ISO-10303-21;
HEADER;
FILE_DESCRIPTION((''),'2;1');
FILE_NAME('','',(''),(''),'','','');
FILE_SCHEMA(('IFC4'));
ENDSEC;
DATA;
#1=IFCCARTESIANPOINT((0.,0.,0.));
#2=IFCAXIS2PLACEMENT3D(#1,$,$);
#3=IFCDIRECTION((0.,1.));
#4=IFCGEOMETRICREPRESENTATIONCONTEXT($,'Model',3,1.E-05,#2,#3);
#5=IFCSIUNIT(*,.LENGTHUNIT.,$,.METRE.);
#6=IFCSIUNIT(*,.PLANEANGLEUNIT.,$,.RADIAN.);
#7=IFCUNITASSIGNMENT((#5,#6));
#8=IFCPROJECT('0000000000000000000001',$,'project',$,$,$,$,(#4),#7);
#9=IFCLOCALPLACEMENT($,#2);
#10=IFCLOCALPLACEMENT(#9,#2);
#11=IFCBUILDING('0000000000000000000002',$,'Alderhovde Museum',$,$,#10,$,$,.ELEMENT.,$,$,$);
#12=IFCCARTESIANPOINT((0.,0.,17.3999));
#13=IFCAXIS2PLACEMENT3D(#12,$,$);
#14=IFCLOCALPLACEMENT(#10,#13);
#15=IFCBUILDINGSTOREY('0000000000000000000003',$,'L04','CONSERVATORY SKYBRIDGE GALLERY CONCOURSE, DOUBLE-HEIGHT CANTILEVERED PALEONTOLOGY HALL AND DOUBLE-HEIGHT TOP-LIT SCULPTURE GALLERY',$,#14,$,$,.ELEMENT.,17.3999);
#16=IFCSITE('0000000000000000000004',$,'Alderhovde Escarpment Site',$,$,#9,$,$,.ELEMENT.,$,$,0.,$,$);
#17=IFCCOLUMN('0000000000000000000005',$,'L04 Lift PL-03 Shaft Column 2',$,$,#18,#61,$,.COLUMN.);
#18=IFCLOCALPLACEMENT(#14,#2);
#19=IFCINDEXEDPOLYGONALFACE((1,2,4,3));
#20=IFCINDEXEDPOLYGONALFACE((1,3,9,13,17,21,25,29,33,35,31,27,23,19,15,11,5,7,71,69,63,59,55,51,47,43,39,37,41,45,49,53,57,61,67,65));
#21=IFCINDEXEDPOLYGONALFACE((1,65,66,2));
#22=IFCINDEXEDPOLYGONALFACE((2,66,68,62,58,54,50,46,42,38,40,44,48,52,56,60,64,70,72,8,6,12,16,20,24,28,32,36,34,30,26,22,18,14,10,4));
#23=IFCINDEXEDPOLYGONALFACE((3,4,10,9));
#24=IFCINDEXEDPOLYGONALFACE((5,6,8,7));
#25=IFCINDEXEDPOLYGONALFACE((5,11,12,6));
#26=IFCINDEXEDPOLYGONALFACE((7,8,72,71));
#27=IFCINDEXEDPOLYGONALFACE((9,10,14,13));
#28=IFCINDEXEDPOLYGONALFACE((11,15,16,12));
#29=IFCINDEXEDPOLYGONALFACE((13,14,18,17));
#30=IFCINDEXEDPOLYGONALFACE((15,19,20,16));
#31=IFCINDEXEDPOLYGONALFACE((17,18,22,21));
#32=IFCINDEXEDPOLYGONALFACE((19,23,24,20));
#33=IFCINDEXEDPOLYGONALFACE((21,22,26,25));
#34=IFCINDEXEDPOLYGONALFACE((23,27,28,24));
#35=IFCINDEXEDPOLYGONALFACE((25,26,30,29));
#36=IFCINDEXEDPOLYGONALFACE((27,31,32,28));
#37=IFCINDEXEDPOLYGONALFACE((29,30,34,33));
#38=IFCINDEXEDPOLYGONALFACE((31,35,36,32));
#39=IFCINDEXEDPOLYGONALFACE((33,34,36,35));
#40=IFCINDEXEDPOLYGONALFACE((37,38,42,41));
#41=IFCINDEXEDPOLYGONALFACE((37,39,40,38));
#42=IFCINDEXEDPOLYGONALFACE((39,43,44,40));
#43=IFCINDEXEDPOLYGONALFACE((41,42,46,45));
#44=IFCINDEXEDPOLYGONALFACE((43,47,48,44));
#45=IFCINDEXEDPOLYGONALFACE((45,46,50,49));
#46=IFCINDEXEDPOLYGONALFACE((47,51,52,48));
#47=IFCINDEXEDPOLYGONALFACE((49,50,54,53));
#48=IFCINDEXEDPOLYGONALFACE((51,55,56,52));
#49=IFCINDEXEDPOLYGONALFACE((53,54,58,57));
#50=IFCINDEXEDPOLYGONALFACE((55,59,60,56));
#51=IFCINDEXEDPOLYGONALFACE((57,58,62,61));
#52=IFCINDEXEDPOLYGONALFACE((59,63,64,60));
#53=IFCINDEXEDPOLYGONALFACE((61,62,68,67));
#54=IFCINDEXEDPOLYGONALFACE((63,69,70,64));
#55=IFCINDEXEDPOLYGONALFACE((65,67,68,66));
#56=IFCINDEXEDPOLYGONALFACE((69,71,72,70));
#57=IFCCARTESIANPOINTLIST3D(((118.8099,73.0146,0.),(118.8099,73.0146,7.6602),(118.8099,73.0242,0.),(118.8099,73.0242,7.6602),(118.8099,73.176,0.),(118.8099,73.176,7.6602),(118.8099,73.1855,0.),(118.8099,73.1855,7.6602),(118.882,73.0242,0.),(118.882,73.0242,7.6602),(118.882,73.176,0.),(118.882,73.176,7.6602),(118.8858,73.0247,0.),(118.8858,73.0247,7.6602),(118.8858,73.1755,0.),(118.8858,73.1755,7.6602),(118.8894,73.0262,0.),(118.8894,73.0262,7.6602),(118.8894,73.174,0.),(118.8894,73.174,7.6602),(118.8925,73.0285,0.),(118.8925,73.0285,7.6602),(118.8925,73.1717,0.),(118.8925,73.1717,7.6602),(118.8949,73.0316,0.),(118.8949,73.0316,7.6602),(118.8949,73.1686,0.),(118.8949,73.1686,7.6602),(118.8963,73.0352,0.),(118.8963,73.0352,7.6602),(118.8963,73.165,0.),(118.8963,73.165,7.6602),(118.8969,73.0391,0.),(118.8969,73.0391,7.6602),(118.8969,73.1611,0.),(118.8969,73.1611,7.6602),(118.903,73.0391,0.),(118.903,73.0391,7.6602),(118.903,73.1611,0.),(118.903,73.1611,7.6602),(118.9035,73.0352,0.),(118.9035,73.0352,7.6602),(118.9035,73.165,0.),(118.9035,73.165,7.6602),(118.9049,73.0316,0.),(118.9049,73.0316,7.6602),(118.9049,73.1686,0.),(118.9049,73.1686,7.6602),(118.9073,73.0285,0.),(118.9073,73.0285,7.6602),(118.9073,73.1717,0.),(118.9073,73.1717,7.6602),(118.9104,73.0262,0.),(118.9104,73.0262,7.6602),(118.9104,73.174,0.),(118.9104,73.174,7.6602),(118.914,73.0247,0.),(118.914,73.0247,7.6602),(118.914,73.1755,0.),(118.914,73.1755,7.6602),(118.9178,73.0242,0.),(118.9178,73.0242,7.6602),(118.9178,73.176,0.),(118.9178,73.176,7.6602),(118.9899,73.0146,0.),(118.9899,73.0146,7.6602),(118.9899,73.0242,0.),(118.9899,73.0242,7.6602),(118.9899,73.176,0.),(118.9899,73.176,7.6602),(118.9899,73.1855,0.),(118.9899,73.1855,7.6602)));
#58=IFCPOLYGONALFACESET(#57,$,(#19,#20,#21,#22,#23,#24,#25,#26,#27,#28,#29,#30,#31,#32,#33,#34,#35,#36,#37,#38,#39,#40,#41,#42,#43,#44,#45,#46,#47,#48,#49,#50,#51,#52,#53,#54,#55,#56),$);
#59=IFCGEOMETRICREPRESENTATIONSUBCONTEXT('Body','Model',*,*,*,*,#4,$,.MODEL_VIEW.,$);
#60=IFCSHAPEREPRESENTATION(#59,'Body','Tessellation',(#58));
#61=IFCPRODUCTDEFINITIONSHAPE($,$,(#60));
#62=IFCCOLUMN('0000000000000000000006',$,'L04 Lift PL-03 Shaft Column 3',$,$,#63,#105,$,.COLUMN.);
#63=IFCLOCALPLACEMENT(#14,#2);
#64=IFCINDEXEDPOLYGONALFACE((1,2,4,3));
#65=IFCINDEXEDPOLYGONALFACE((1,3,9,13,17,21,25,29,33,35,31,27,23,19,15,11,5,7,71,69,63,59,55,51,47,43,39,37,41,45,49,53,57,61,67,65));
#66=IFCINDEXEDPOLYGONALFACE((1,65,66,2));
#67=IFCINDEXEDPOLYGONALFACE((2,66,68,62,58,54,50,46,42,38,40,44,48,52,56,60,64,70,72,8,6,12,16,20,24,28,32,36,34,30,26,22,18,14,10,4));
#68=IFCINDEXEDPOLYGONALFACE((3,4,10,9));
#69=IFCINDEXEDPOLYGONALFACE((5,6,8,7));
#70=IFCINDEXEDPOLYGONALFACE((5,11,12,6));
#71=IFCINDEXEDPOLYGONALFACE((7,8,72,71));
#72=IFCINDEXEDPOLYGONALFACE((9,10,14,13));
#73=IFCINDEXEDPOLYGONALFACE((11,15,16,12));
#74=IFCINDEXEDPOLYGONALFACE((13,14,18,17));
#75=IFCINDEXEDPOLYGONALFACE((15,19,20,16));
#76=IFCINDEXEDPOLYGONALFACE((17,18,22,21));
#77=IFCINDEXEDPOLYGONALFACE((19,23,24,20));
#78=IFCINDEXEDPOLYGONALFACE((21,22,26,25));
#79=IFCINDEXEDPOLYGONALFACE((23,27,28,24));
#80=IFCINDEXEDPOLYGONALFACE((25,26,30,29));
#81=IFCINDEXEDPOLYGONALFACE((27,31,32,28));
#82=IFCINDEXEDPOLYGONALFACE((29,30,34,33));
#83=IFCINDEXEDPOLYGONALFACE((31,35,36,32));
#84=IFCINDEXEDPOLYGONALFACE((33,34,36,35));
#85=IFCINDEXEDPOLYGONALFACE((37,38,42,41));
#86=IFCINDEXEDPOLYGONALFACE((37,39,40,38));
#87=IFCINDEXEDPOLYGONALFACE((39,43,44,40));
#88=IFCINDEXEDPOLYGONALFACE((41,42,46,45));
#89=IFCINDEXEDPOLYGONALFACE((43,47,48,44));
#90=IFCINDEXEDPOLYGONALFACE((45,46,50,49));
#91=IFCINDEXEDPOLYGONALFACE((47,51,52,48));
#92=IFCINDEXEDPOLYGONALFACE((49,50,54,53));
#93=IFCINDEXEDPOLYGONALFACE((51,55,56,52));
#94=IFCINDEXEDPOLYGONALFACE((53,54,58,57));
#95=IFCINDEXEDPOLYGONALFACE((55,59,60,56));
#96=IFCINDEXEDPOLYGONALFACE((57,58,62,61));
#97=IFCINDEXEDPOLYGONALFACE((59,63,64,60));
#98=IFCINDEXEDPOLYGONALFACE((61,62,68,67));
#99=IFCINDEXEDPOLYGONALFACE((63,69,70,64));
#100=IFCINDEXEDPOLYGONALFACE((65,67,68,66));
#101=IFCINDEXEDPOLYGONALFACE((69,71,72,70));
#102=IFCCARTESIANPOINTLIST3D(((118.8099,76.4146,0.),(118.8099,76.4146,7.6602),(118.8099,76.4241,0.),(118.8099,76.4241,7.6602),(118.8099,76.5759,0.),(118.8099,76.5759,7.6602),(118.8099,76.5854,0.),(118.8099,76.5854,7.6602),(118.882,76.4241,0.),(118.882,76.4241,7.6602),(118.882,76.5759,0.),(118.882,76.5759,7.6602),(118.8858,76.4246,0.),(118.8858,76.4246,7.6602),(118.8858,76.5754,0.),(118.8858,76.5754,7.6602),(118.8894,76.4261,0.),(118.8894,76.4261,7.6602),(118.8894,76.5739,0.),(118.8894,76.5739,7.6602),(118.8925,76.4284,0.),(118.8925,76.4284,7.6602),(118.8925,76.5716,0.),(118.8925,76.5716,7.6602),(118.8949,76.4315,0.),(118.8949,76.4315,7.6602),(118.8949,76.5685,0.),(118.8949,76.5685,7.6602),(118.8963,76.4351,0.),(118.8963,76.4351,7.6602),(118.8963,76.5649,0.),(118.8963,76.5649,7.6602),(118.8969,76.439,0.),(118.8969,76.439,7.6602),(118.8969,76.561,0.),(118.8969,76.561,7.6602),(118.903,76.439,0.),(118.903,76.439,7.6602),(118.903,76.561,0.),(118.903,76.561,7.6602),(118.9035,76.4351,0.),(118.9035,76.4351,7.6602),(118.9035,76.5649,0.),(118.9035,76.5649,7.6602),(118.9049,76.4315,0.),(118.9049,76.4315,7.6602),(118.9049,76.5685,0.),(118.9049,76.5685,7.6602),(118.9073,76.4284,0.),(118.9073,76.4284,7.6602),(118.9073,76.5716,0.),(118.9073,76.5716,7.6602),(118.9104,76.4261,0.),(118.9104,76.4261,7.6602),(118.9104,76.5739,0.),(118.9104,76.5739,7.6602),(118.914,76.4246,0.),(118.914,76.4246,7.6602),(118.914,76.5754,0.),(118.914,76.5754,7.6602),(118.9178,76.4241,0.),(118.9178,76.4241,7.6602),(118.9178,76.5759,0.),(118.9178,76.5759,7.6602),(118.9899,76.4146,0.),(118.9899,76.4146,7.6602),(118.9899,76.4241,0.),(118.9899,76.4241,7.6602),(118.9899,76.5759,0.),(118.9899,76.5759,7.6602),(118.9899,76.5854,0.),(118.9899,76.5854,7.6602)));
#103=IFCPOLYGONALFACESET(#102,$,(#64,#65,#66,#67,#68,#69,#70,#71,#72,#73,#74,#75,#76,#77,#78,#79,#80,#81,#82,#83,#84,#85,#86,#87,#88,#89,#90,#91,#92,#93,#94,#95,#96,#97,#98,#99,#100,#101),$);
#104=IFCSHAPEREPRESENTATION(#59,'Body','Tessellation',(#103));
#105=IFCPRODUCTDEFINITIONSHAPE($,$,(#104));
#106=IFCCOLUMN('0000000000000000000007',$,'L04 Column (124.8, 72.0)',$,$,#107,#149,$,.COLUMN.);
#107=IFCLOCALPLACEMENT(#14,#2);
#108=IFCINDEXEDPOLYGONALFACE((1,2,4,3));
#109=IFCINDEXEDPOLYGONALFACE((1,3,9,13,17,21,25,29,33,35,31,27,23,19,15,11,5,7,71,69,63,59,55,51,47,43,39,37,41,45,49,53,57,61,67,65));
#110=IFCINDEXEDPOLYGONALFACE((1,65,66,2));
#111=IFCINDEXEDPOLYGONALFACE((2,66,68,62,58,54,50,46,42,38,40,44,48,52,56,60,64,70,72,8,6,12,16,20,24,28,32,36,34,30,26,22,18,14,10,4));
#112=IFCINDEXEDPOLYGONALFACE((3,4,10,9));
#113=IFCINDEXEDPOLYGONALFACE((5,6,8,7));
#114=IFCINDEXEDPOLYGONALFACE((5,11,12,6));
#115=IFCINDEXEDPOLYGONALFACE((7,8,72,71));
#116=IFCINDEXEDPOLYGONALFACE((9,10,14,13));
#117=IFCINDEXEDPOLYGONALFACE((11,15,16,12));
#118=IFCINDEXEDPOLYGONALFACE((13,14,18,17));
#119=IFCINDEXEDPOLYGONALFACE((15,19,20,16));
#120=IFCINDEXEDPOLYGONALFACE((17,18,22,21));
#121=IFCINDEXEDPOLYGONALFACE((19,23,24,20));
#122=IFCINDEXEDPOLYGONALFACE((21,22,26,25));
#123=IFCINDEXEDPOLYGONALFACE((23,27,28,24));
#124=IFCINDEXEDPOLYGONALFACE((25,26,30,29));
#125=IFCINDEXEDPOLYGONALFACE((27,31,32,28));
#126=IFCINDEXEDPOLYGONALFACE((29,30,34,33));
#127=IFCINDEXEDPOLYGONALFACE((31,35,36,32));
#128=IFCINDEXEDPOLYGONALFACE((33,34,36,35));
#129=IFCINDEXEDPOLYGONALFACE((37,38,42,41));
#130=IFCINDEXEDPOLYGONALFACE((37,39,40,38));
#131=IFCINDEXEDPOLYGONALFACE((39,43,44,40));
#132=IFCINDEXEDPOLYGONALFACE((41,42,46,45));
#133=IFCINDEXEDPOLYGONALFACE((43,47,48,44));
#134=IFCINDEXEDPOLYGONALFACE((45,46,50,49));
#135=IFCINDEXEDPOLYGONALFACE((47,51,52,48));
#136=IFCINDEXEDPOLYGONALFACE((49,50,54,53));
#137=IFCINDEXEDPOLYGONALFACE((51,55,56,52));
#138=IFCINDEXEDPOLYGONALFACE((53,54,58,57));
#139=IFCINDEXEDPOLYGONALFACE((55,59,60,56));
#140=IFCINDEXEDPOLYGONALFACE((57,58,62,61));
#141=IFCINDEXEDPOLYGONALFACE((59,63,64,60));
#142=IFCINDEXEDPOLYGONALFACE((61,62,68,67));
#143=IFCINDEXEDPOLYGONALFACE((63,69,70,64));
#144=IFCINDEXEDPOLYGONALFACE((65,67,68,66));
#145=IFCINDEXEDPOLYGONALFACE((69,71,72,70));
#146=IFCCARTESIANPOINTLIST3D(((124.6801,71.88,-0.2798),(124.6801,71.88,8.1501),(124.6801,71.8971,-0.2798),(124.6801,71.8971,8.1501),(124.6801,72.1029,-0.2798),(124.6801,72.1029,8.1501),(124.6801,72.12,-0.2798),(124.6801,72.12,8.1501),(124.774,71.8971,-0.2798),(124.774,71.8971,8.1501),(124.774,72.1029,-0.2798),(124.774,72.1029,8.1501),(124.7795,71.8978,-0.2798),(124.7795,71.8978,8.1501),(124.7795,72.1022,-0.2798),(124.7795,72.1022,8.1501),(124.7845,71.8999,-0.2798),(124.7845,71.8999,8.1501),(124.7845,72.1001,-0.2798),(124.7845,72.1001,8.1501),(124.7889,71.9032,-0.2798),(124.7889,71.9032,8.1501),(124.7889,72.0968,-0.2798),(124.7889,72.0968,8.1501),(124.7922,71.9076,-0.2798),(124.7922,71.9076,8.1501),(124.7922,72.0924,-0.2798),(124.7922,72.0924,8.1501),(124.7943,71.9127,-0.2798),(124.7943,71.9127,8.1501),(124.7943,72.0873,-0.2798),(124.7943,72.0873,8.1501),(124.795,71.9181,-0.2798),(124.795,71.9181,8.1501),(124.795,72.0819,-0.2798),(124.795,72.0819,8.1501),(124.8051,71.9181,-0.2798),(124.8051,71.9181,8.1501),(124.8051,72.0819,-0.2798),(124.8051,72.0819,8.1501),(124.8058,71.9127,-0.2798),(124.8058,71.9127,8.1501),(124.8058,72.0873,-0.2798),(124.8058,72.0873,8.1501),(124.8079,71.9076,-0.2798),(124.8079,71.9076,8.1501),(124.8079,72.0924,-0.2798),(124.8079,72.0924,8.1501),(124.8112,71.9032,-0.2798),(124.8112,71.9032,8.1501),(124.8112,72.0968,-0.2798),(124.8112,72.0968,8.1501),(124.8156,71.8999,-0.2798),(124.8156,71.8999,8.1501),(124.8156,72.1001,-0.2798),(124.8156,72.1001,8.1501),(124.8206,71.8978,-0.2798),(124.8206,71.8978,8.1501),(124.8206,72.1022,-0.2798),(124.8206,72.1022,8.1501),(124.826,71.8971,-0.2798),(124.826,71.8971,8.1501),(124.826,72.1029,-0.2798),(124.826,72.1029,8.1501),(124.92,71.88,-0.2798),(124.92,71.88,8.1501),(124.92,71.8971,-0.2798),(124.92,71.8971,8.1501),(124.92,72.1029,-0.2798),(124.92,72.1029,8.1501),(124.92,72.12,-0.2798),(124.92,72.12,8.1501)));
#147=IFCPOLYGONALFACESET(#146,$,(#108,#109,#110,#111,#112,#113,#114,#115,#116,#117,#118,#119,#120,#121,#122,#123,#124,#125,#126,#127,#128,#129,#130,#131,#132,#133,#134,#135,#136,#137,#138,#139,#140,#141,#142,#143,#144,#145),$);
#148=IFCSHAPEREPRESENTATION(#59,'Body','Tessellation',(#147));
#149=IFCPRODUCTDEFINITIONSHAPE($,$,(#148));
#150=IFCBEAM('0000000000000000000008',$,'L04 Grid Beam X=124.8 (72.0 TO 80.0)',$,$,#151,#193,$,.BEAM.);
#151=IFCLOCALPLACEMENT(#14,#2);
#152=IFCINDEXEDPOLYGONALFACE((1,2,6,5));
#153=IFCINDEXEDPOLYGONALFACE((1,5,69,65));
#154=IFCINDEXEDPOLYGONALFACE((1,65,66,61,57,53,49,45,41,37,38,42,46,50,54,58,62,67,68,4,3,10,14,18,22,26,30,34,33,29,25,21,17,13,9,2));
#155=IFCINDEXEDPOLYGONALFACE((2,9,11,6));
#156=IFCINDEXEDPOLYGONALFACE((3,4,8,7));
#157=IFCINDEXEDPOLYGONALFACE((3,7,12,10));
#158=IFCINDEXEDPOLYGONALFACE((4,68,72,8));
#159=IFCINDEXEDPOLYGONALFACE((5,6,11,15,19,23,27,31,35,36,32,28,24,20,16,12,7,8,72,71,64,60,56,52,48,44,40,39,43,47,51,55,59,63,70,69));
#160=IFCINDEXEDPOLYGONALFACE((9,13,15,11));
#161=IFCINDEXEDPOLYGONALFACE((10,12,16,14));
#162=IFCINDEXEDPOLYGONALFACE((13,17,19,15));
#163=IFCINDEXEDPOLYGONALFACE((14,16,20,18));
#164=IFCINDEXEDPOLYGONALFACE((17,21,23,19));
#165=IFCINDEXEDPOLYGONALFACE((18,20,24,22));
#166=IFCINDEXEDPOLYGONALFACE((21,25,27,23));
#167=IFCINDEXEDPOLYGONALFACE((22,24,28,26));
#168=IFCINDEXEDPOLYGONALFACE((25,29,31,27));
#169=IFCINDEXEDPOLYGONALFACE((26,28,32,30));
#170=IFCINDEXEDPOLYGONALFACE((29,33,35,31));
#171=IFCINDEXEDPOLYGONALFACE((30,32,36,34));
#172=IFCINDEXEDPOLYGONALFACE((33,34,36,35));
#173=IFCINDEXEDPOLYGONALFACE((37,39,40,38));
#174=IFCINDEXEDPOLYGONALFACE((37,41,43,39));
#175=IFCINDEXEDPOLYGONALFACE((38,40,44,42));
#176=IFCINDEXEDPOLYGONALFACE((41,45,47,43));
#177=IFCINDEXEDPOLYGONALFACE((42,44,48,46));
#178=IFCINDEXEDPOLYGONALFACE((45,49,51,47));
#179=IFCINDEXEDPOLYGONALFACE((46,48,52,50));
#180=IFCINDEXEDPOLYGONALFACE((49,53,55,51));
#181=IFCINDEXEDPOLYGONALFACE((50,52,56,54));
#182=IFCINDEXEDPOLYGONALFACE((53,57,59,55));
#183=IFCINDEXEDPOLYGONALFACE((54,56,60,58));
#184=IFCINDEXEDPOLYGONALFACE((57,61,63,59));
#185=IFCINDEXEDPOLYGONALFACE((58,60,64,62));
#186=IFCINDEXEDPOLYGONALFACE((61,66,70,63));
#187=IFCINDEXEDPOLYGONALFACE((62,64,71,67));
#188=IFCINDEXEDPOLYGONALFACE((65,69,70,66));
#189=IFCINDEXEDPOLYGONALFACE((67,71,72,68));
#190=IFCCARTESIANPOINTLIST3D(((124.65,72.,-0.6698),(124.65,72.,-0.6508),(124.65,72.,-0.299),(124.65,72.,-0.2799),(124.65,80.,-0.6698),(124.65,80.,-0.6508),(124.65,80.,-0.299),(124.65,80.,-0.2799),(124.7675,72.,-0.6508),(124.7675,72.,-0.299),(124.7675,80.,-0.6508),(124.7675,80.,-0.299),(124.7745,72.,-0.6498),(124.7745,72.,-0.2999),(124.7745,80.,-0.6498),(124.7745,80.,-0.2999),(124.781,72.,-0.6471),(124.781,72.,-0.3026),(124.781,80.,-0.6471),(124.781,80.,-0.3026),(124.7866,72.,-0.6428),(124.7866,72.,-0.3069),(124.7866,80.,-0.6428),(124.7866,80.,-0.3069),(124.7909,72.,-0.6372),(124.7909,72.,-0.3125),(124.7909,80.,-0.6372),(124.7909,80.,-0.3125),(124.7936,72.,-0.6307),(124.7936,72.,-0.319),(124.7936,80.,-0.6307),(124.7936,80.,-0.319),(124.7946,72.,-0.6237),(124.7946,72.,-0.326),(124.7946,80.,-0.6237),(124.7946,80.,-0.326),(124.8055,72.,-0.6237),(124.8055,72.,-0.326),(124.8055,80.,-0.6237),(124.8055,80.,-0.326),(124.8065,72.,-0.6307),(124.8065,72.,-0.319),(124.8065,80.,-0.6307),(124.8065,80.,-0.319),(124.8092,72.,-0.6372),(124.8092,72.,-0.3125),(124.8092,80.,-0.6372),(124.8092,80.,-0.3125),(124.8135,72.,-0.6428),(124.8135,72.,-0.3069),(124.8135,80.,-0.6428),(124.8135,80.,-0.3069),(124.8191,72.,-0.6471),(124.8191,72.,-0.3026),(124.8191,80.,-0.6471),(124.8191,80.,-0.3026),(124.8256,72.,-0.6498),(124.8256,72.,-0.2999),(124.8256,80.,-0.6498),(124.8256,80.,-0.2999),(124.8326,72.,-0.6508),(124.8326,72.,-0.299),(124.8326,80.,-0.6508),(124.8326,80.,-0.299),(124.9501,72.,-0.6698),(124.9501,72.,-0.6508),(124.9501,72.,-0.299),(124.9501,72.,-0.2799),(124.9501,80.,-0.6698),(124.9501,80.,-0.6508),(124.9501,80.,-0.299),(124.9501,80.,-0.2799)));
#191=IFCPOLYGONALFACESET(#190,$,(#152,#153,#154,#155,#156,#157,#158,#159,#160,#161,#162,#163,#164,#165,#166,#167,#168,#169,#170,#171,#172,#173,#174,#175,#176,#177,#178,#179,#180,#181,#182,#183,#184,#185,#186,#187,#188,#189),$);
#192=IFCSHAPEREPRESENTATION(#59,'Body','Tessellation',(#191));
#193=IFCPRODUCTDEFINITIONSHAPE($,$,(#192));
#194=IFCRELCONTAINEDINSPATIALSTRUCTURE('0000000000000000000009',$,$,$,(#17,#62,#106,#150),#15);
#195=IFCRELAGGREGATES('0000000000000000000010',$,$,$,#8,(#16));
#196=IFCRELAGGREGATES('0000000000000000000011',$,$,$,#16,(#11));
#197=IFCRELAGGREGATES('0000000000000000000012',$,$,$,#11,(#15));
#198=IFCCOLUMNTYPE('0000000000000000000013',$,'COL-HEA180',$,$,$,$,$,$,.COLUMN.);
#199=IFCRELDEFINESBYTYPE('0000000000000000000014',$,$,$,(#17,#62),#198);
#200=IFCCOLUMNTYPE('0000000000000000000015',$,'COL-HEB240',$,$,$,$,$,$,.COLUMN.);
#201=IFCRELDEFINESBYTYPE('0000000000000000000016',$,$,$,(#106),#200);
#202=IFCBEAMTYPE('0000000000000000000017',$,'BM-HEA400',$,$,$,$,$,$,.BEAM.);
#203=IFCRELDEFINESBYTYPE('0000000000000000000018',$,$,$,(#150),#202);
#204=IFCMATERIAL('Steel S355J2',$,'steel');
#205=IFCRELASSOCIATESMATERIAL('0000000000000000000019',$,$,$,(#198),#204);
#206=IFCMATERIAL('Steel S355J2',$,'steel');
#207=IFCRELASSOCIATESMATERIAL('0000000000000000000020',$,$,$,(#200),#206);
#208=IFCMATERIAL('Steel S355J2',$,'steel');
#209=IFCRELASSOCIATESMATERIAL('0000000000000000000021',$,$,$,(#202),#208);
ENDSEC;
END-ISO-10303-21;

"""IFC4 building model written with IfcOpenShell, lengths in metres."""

from ifc_helpers import new_model, si_unit, direction, frame, origin, origin_2d, place, context, subcontext, project, spatial, i_section, extrude, material, material_profile, profile_set, type_object, element, save


model = new_model("IFC4")

# Units and contexts
model_context = context("Model", 3, precision=1e-05, world=origin(), true_north=direction((0.0, 1.0)))
body_context = subcontext(model_context, "Body", "Model", "MODEL_VIEW")
ifc_project = project(units=[si_unit("LENGTHUNIT", "METRE"), si_unit("PLANEANGLEUNIT", "RADIAN")], contexts=[model_context])

# Site, building, storey
site_placement = place(None, origin())
site = spatial("IfcSite", under=ifc_project, at=site_placement, Name="Alderhovde Escarpment Site", CompositionType="ELEMENT", RefElevation=0.0)
building_placement = place(site_placement, origin())
building = spatial("IfcBuilding", under=site, at=building_placement, Name="Alderhovde Museum", CompositionType="ELEMENT")
storey_placement = place(building_placement, frame((0.0, 0.0, 17.3999)))
storey = spatial("IfcBuildingStorey", under=building, at=storey_placement, Name="L04", Description="CONSERVATORY SKYBRIDGE GALLERY CONCOURSE, DOUBLE-HEIGHT CANTILEVERED PALEONTOLOGY HALL AND DOUBLE-HEIGHT TOP-LIT SCULPTURE GALLERY", CompositionType="ELEMENT", Elevation=17.3999)

# Columns
ifc_material_1 = material(Name="Steel S355J2", Category="steel")
ifc_material_profile_1 = material_profile(ifc_material_1, i_section(OverallWidth=0.1799, OverallDepth=0.1709, WebThickness=0.0061, FlangeThickness=0.0095, FilletRadius=0.0149, at=origin_2d()), Name="HEA 180")
ifc_profile_set_1 = profile_set([ifc_material_profile_1], Name="Steel S355J2")
column_type_1 = type_object("IfcColumnType", Name="COL-HEA180", PredefinedType="COLUMN", material=ifc_profile_set_1)
for number, where, z_axis, x_axis, name in (
    (1, (118.8999, 73.1001, 0.0), (0.0, 0.0, 1.0), (1.0, 0.0, 0.0), "L04 Lift PL-03 Shaft Column 2"),
    (2, (118.8999, 76.5, 0.0), (0.0, 0.0, 1.0), (1.0, 0.0, 0.0), "L04 Lift PL-03 Shaft Column 3"),
):
    element("IfcColumn", number, at=place(storey_placement, frame(where, z_axis=z_axis, x_axis=x_axis)), inside=storey, type_object=column_type_1, Name=name, PredefinedType="COLUMN", context=body_context, shape_type="SweptSolid", body=[
        extrude(i_section(OverallWidth=0.1799, OverallDepth=0.1709, WebThickness=0.0061, FlangeThickness=0.0095, FilletRadius=0.0149, at=origin_2d()), origin(), (0.0, 0.0, 1.0), 7.6602),
    ])
ifc_material_2 = material(Name="Steel S355J2", Category="steel")
ifc_material_profile_2 = material_profile(ifc_material_2, i_section(OverallWidth=0.24, OverallDepth=0.24, WebThickness=0.01, FlangeThickness=0.0171, FilletRadius=0.021, at=origin_2d()), Name="HEB 240")
ifc_profile_set_2 = profile_set([ifc_material_profile_2], Name="Steel S355J2")
column_type_2 = type_object("IfcColumnType", Name="COL-HEB240", PredefinedType="COLUMN", material=ifc_profile_set_2)
column_placement = place(storey_placement, frame((124.8, 72.0, -0.2798), z_axis=(0.0, 0.0, 1.0), x_axis=(1.0, 0.0, 0.0)))
element("IfcColumn", 3, at=column_placement, inside=storey, type_object=column_type_2, Name="L04 Column (124.8, 72.0)", PredefinedType="COLUMN", context=body_context, shape_type="SweptSolid", body=[
    extrude(i_section(OverallWidth=0.24, OverallDepth=0.24, WebThickness=0.01, FlangeThickness=0.0171, FilletRadius=0.021, at=origin_2d()), origin(), (0.0, 0.0, 1.0), 8.4299),
])

# Beam
ifc_material_3 = material(Name="Steel S355J2", Category="steel")
ifc_material_profile_3 = material_profile(ifc_material_3, i_section(OverallWidth=0.3, OverallDepth=0.3899, WebThickness=0.011, FlangeThickness=0.019, FilletRadius=0.0271, at=origin_2d()), Name="HEA 400")
ifc_profile_set_3 = profile_set([ifc_material_profile_3], Name="Steel S355J2")
beam_type_1 = type_object("IfcBeamType", Name="BM-HEA400", PredefinedType="BEAM", material=ifc_profile_set_3)
beam_1_placement = place(storey_placement, frame((124.8, 72.0, -0.4749), z_axis=(0.0, 1.0, 0.0), x_axis=(-1.0, 0.0, 0.0)))
element("IfcBeam", 4, at=beam_1_placement, inside=storey, type_object=beam_type_1, Name="L04 Grid Beam X=124.8 (72.0 TO 80.0)", PredefinedType="BEAM", context=body_context, shape_type="SweptSolid", body=[
    extrude(i_section(OverallWidth=0.3, OverallDepth=0.3899, WebThickness=0.011, FlangeThickness=0.019, FilletRadius=0.0271, at=origin_2d()), origin(), (0.0, 0.0, 1.0), 8.0),
])

save(model, "model.ifc")
